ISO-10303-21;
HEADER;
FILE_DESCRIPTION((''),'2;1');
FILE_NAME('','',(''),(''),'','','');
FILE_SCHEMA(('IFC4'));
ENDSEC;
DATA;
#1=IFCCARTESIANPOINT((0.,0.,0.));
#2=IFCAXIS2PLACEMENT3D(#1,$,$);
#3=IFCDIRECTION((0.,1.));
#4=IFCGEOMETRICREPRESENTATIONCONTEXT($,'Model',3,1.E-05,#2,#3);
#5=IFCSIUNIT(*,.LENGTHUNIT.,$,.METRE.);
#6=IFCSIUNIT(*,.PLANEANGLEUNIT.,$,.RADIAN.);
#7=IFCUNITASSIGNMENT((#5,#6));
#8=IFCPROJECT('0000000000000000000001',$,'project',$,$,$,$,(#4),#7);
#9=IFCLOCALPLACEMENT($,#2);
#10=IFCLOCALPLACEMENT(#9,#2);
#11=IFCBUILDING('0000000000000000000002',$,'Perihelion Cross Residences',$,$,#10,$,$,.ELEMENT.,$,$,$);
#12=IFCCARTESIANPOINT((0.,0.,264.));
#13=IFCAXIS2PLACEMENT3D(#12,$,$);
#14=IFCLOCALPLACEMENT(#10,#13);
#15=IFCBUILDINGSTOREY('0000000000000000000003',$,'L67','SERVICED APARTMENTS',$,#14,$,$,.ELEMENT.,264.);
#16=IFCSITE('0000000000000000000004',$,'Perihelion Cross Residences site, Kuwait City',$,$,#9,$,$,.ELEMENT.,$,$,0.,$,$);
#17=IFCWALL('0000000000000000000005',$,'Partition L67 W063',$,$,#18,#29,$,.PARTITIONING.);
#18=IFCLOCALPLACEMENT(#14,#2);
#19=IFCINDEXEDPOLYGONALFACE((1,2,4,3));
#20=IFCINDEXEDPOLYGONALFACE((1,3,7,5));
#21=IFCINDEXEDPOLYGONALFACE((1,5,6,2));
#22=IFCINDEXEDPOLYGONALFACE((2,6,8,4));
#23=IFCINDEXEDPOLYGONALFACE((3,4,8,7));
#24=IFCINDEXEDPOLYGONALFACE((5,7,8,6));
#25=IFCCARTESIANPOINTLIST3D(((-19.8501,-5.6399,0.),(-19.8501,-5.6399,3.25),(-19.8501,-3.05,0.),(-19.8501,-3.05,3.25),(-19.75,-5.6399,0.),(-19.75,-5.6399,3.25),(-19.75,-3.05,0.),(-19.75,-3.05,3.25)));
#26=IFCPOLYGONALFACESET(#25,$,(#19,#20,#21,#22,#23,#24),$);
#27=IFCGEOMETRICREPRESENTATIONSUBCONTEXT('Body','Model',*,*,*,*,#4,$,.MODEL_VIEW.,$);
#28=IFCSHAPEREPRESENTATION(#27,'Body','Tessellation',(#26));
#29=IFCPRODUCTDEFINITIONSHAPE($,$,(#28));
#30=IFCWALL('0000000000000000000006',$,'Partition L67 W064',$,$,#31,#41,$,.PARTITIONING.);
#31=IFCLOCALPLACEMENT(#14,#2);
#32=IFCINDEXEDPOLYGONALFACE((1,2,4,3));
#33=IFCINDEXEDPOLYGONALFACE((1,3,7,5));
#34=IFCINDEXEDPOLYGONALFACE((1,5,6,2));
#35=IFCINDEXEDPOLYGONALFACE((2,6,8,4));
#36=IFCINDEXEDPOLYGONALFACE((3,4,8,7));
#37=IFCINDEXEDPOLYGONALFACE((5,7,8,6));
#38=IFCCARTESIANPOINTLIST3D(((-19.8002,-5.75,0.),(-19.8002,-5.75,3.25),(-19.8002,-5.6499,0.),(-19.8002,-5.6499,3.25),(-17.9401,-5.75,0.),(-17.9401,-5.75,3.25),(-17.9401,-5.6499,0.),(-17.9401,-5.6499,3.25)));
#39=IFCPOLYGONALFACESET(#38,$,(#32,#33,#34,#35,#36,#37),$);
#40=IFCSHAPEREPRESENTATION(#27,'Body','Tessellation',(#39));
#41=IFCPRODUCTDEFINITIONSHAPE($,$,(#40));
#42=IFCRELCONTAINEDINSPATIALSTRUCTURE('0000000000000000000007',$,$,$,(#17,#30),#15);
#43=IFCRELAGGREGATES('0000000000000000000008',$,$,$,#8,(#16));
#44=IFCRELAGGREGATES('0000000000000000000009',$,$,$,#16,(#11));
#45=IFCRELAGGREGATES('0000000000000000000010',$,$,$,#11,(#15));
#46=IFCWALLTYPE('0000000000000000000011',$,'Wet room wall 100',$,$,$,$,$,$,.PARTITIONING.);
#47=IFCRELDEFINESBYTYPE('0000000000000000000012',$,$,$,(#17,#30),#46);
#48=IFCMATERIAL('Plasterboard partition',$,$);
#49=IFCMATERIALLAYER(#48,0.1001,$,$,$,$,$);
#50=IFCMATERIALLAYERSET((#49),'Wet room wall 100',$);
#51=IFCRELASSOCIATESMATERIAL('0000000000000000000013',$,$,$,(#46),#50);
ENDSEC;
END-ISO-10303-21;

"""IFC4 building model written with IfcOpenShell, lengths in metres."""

from ifc_helpers import new_model, si_unit, direction, frame, frame_2d, origin, place, context, subcontext, project, spatial, rectangle, extrude, material, layer, layer_set, type_object, element, save


model = new_model("IFC4")

# Units and contexts
model_context = context("Model", 3, precision=1e-05, world=origin(), true_north=direction((0.0, 1.0)))
body_context = subcontext(model_context, "Body", "Model", "MODEL_VIEW")
ifc_project = project(units=[si_unit("LENGTHUNIT", "METRE"), si_unit("PLANEANGLEUNIT", "RADIAN")], contexts=[model_context])

# Site, building, storey
site_placement = place(None, origin())
site = spatial("IfcSite", under=ifc_project, at=site_placement, Name="Perihelion Cross Residences site, Kuwait City", CompositionType="ELEMENT", RefElevation=0.0)
building_placement = place(site_placement, origin())
building = spatial("IfcBuilding", under=site, at=building_placement, Name="Perihelion Cross Residences", CompositionType="ELEMENT")
storey_placement = place(building_placement, frame((0.0, 0.0, 264.0)))
storey = spatial("IfcBuildingStorey", under=building, at=storey_placement, Name="L67", Description="SERVICED APARTMENTS", CompositionType="ELEMENT", Elevation=264.0)

# Shared definitions
ifc_material_1 = material(Name="Plasterboard partition")
ifc_layer_1 = layer(ifc_material_1, 0.1001)
ifc_layer_set_1 = layer_set([ifc_layer_1], Name="Wet room wall 100")
wall_type_1 = type_object("IfcWallType", Name="Wet room wall 100", PredefinedType="PARTITIONING", material=ifc_layer_set_1)

# Walls
wall_1_placement = place(storey_placement, frame((-19.8, -5.6399, 0.0), z_axis=(0.0, 0.0, 1.0), x_axis=(0.0, 1.0, 0.0)))
element("IfcWall", 1, at=wall_1_placement, inside=storey, type_object=wall_type_1, Name="Partition L67 W063", PredefinedType="PARTITIONING", context=body_context, shape_type="SweptSolid", body=[
    extrude(rectangle(XDim=2.5898, YDim=0.1001, at=frame_2d((1.2949, 0.0))), origin(), (0.0, 0.0, 1.0), 3.25),
])
wall_2_placement = place(storey_placement, frame((-17.9399, -5.7, 0.0), z_axis=(0.0, 0.0, 1.0), x_axis=(-1.0, 0.0, 0.0)))
element("IfcWall", 2, at=wall_2_placement, inside=storey, type_object=wall_type_1, Name="Partition L67 W064", PredefinedType="PARTITIONING", context=body_context, shape_type="SweptSolid", body=[
    extrude(rectangle(XDim=1.8601, YDim=0.1001, at=frame_2d((0.9302, 0.0))), origin(), (0.0, 0.0, 1.0), 3.25),
])

save(model, "model.ifc")
